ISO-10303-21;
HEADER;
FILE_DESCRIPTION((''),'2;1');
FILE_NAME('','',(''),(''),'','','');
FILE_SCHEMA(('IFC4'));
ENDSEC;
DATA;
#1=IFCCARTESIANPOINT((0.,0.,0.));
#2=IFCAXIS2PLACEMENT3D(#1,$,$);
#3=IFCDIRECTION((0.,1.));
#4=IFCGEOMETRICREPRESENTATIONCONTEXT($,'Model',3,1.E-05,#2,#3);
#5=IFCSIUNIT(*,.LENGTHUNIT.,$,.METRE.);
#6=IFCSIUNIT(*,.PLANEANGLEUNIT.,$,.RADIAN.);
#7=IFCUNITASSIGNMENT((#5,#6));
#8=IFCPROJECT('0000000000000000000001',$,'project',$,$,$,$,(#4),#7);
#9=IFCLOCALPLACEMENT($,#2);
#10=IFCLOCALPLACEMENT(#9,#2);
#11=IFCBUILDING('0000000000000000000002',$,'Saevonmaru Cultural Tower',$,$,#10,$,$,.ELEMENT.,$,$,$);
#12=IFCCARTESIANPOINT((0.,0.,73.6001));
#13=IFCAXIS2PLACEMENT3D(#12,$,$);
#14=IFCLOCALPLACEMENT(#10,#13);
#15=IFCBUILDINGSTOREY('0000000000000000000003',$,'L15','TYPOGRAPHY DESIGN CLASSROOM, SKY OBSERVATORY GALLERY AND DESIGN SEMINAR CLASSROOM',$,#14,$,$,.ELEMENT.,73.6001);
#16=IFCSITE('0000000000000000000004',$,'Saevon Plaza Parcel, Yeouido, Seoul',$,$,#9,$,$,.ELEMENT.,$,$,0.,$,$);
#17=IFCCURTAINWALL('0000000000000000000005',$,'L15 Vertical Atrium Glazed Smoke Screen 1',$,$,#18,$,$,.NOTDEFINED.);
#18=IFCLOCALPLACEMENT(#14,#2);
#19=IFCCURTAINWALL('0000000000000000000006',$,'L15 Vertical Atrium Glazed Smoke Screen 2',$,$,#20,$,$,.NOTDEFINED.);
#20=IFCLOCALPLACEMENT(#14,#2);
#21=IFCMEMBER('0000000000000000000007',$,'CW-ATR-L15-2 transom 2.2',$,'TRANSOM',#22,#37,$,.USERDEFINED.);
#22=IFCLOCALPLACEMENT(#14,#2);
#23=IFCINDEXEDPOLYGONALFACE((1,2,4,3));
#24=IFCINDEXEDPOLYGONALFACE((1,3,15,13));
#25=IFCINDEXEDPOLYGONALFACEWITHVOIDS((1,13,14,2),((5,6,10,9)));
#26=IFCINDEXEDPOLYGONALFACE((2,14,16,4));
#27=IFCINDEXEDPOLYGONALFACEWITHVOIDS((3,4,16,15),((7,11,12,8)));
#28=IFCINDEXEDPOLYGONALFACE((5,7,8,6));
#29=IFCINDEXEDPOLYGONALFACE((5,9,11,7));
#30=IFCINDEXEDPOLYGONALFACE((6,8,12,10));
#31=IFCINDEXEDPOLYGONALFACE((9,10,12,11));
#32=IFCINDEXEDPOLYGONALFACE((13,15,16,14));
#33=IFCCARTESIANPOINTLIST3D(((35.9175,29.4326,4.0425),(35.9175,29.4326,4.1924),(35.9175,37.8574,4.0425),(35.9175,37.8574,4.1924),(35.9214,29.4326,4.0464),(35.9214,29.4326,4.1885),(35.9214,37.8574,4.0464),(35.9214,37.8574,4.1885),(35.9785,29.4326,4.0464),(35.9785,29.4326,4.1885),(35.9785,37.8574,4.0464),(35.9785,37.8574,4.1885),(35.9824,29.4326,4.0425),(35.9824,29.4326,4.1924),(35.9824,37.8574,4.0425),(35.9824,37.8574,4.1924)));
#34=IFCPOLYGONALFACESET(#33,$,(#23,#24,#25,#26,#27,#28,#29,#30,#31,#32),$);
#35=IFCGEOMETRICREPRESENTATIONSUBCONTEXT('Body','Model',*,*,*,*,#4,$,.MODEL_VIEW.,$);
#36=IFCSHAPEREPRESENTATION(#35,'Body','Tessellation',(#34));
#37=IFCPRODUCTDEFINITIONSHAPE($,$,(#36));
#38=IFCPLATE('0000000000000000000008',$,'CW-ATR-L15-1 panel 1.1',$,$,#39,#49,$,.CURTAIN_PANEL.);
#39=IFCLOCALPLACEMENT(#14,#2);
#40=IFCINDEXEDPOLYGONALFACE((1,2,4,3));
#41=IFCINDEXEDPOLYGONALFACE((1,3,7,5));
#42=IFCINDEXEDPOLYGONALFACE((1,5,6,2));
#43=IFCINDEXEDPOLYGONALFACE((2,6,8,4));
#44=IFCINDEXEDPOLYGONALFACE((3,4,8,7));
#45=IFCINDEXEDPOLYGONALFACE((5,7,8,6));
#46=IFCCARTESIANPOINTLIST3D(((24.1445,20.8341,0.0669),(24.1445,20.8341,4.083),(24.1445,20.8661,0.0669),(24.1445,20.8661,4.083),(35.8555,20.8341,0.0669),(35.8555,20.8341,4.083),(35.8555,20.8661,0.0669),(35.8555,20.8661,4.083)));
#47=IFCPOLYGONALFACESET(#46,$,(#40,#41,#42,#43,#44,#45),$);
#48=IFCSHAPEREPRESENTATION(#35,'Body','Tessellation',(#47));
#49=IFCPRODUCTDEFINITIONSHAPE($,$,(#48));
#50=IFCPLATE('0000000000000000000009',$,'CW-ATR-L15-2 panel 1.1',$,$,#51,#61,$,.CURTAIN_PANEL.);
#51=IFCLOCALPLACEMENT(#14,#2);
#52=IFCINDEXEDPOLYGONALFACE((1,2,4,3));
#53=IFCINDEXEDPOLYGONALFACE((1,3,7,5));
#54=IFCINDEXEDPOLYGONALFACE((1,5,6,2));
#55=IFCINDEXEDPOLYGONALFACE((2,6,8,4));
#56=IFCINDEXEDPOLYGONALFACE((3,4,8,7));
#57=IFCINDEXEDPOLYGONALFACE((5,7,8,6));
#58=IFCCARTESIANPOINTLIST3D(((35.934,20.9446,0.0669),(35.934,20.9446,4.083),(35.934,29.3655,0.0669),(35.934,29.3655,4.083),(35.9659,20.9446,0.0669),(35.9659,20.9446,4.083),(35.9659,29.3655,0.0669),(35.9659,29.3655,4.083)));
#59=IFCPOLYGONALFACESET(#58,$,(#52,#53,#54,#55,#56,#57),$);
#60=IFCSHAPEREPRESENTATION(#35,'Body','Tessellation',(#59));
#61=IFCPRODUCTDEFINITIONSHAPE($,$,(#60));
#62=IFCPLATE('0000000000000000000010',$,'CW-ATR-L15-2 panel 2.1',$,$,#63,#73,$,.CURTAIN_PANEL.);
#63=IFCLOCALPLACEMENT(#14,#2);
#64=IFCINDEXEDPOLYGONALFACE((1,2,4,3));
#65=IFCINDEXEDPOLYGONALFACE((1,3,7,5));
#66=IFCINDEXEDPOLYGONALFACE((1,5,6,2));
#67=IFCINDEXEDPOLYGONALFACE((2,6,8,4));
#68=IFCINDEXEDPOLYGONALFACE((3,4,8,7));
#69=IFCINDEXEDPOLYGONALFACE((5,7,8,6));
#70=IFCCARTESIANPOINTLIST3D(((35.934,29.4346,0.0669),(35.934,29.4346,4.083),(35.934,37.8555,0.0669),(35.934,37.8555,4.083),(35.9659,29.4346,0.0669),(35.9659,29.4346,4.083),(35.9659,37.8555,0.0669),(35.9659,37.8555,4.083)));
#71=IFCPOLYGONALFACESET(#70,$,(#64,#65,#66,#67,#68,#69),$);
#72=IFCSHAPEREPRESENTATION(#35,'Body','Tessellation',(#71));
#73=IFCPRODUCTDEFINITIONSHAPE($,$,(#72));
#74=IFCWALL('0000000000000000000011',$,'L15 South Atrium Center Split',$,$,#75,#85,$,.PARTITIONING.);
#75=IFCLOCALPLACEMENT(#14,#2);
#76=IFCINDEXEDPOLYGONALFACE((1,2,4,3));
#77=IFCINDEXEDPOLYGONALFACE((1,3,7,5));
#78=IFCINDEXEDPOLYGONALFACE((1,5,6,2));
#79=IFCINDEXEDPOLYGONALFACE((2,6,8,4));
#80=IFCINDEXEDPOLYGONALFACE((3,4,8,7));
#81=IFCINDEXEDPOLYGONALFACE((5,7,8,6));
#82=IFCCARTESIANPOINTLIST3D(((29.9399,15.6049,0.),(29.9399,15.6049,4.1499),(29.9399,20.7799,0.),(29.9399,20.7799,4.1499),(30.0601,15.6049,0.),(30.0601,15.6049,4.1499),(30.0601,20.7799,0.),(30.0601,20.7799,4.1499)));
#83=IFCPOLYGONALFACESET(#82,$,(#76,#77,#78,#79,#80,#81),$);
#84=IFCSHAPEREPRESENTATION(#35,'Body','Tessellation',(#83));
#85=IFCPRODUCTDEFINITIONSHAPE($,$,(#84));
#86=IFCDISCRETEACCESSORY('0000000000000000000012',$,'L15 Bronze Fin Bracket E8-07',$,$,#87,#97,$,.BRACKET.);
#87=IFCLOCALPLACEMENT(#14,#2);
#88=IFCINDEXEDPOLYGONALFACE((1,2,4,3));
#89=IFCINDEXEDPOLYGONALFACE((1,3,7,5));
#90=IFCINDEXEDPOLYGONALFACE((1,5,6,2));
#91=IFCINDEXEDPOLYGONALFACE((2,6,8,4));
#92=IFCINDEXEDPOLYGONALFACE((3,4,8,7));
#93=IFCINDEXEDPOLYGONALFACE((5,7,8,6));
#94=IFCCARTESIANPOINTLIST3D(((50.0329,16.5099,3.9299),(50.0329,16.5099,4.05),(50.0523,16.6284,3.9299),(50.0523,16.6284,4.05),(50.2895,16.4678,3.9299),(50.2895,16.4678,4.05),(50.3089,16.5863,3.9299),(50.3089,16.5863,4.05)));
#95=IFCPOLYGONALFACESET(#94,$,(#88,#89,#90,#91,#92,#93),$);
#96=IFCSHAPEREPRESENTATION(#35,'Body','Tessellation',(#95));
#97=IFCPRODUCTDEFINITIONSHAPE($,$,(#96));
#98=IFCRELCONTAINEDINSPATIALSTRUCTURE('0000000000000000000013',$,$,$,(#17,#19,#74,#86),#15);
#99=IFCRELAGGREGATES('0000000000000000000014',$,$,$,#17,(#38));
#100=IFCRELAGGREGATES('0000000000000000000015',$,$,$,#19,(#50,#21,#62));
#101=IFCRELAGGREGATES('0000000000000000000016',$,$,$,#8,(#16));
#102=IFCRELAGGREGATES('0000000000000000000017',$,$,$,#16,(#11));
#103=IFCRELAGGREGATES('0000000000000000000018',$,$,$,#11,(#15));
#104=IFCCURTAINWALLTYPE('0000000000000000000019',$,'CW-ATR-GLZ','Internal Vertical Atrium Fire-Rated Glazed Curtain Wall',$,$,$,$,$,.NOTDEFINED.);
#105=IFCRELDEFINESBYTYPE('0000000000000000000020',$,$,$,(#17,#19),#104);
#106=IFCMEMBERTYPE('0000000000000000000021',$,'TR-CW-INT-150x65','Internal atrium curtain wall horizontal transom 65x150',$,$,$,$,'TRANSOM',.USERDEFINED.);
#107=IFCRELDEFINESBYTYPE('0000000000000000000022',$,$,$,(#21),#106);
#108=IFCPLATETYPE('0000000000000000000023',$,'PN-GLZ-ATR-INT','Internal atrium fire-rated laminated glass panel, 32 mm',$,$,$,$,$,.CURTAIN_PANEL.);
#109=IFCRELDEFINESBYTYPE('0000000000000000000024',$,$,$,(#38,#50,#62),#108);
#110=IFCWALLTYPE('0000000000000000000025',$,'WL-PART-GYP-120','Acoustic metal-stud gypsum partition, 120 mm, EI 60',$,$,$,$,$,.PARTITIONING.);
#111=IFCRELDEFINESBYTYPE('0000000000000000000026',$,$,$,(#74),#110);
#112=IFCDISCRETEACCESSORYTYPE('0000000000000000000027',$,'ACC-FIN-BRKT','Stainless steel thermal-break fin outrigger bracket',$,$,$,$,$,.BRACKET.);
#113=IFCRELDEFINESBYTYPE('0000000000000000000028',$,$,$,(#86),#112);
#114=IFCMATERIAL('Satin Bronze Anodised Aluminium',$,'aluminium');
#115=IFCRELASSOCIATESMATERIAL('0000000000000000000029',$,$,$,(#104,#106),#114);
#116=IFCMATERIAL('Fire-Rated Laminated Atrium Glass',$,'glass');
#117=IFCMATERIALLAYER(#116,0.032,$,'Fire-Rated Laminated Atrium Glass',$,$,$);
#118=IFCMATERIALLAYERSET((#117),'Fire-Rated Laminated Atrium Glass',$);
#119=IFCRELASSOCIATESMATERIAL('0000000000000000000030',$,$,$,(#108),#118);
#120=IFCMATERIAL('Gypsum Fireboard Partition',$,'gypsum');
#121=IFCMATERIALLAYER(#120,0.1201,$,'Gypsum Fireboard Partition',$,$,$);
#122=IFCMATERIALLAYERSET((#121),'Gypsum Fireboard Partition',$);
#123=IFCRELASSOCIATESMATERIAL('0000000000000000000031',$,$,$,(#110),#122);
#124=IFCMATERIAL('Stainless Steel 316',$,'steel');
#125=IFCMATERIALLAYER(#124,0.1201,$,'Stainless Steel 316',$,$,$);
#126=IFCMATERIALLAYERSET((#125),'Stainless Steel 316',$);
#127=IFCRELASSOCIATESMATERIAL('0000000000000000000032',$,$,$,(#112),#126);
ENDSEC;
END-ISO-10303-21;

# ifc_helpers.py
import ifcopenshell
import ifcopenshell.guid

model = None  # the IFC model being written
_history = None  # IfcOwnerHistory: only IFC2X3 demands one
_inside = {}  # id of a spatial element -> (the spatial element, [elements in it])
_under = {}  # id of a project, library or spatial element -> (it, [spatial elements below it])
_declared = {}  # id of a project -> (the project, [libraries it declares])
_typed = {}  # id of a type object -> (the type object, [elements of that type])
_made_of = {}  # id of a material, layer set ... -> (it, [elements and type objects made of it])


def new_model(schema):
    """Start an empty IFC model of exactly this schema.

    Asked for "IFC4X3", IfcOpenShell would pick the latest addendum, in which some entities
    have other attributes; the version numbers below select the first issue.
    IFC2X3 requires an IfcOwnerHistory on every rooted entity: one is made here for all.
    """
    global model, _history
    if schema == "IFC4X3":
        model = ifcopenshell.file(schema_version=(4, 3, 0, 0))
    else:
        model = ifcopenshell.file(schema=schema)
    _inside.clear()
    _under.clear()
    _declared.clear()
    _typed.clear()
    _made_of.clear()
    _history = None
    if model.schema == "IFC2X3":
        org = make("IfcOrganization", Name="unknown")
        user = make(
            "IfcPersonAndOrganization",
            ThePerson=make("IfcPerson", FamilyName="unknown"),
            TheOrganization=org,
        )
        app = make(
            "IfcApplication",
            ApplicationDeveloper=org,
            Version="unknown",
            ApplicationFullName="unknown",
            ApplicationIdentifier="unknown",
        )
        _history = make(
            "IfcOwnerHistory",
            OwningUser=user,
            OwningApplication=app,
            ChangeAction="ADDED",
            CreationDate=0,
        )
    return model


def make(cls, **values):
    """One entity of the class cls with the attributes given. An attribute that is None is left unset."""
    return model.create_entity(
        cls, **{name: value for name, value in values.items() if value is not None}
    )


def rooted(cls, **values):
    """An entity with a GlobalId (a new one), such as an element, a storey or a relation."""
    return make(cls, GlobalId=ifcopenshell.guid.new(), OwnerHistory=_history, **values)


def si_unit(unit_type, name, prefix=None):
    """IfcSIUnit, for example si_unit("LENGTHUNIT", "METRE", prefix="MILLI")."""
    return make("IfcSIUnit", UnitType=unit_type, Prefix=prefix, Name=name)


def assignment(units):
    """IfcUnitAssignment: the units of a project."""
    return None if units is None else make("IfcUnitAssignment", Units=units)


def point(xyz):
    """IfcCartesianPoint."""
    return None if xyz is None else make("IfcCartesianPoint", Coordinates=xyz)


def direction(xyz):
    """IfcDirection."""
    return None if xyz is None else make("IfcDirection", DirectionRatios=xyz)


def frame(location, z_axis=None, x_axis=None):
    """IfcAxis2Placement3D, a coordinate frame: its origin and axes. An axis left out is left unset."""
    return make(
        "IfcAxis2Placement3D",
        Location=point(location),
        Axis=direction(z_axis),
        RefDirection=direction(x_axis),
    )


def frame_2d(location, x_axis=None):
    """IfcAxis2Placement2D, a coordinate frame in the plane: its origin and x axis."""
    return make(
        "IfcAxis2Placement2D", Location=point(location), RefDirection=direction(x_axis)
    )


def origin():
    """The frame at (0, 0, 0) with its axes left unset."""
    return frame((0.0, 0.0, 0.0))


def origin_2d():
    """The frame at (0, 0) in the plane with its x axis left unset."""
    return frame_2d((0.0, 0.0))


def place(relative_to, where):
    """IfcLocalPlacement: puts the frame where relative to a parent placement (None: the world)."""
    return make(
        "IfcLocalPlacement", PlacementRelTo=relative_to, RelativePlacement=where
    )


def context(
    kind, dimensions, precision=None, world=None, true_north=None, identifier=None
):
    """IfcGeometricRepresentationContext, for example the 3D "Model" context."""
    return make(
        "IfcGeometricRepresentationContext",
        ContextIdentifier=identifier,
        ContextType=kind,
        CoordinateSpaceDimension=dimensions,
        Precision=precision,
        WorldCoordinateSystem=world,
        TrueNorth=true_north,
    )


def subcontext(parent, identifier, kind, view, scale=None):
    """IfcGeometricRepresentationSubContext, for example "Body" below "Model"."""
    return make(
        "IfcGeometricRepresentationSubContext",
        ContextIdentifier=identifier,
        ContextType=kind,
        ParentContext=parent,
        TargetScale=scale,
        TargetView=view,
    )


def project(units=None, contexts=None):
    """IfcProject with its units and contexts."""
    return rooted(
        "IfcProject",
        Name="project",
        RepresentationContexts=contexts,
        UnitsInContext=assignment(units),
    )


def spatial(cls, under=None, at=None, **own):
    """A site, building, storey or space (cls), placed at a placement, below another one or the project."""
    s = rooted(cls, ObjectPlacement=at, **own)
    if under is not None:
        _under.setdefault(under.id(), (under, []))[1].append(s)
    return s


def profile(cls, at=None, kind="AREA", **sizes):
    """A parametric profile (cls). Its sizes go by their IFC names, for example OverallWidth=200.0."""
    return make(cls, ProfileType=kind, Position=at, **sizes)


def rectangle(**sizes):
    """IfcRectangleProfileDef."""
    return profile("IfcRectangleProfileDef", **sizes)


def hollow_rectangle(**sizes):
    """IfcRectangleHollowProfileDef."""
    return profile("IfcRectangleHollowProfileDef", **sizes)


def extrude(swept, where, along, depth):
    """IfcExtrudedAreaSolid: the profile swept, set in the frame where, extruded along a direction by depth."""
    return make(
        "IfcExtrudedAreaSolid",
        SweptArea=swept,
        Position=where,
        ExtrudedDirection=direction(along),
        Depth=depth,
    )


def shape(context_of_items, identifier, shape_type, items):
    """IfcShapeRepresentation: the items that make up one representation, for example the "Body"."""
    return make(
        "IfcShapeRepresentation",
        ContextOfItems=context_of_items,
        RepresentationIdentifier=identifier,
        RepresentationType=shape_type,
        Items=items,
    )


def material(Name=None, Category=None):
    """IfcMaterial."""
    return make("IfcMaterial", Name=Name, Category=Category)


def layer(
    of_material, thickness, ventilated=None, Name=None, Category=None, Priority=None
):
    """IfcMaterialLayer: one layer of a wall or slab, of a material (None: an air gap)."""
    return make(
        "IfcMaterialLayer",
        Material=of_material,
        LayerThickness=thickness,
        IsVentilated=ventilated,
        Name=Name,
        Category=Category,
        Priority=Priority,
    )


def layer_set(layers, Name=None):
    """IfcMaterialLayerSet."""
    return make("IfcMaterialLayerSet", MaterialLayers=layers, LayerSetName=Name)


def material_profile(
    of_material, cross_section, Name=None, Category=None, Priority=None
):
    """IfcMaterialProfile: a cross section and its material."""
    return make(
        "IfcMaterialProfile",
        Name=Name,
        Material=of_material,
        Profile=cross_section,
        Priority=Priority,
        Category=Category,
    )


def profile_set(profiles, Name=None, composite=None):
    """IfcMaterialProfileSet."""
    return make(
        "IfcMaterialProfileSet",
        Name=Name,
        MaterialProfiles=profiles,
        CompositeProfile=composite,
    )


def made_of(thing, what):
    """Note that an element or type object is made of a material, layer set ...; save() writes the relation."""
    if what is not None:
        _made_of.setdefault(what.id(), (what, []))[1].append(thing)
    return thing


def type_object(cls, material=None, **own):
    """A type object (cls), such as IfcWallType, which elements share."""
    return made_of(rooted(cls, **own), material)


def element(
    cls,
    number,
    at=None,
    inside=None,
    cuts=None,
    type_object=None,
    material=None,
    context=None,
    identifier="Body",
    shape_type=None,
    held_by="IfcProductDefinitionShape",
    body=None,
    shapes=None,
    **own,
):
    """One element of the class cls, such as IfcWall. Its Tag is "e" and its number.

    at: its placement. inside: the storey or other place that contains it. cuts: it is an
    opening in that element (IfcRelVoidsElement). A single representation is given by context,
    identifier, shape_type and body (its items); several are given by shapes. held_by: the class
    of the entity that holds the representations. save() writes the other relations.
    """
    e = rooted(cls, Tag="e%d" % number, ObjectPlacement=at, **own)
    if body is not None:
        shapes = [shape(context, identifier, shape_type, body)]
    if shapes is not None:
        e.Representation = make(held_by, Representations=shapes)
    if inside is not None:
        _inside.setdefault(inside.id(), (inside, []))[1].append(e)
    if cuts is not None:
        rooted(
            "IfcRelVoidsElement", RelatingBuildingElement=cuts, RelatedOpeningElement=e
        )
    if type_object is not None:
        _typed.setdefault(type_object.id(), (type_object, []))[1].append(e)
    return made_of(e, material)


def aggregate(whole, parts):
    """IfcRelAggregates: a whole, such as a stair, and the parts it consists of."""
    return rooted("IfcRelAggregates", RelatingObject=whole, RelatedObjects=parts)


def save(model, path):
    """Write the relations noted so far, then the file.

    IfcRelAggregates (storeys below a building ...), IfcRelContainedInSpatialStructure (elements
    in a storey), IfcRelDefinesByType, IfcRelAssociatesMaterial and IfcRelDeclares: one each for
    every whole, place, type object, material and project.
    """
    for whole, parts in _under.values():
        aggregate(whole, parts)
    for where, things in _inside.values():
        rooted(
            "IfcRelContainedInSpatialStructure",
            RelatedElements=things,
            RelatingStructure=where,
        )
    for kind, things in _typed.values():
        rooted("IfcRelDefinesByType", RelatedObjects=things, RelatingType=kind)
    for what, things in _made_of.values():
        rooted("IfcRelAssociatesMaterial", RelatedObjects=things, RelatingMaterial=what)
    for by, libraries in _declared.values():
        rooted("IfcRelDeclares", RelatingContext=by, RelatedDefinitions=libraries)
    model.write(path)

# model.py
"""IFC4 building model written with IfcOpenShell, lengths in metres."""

from ifc_helpers import new_model, si_unit, direction, frame, frame_2d, origin, origin_2d, place, context, subcontext, project, spatial, rectangle, hollow_rectangle, extrude, material, layer, layer_set, material_profile, profile_set, type_object, element, aggregate, save


model = new_model("IFC4")

# Units and contexts
model_context = context("Model", 3, precision=1e-05, world=origin(), true_north=direction((0.0, 1.0)))
body_context = subcontext(model_context, "Body", "Model", "MODEL_VIEW")
ifc_project = project(units=[si_unit("LENGTHUNIT", "METRE"), si_unit("PLANEANGLEUNIT", "RADIAN")], contexts=[model_context])

# Site, building, storey
site_placement = place(None, origin())
site = spatial("IfcSite", under=ifc_project, at=site_placement, Name="Saevon Plaza Parcel, Yeouido, Seoul", CompositionType="ELEMENT", RefElevation=0.0)
building_placement = place(site_placement, origin())
building = spatial("IfcBuilding", under=site, at=building_placement, Name="Saevonmaru Cultural Tower", CompositionType="ELEMENT")
storey_placement = place(building_placement, frame((0.0, 0.0, 73.6001)))
storey = spatial("IfcBuildingStorey", under=building, at=storey_placement, Name="L15", Description="TYPOGRAPHY DESIGN CLASSROOM, SKY OBSERVATORY GALLERY AND DESIGN SEMINAR CLASSROOM", CompositionType="ELEMENT", Elevation=73.6001)

# Curtain wall
ifc_material_1 = material(Name="Satin Bronze Anodised Aluminium", Category="aluminium")
curtain_wall_type_1 = type_object("IfcCurtainWallType", Name="CW-ATR-GLZ", Description="Internal Vertical Atrium Fire-Rated Glazed Curtain Wall", PredefinedType="NOTDEFINED", material=ifc_material_1)
curtain_wall_1_placement = place(storey_placement, origin())
curtain_wall_1 = element("IfcCurtainWall", 1, at=curtain_wall_1_placement, inside=storey, type_object=curtain_wall_type_1, Name="L15 Vertical Atrium Glazed Smoke Screen 1", PredefinedType="NOTDEFINED")

# Curtain wall
curtain_wall_2_placement = place(storey_placement, origin())
curtain_wall_2 = element("IfcCurtainWall", 2, at=curtain_wall_2_placement, inside=storey, type_object=curtain_wall_type_1, Name="L15 Vertical Atrium Glazed Smoke Screen 2", PredefinedType="NOTDEFINED")

# Member
ifc_material_profile_1 = material_profile(ifc_material_1, hollow_rectangle(XDim=0.0649, YDim=0.1499, WallThickness=0.0039, at=origin_2d()), Name="ALU-TRAN-150x65x4")
ifc_profile_set_1 = profile_set([ifc_material_profile_1], Name="Satin Bronze Anodised Aluminium")
member_type_1 = type_object("IfcMemberType", Name="TR-CW-INT-150x65", Description="Internal atrium curtain wall horizontal transom 65x150", ElementType="TRANSOM", PredefinedType="USERDEFINED", material=ifc_profile_set_1)
member_1_placement = place(storey_placement, frame((35.95, 29.4326, 4.1174), z_axis=(0.0, 1.0, 0.0), x_axis=(-1.0, 0.0, 0.0)))
member_1 = element("IfcMember", 3, at=member_1_placement, type_object=member_type_1, Name="CW-ATR-L15-2 transom 2.2", ObjectType="TRANSOM", PredefinedType="USERDEFINED", context=body_context, shape_type="SweptSolid", body=[
    extrude(hollow_rectangle(XDim=0.0649, YDim=0.1499, WallThickness=0.0039, at=origin_2d()), origin(), (0.0, 0.0, 1.0), 8.4248),
])

# Plates
ifc_material_2 = material(Name="Fire-Rated Laminated Atrium Glass", Category="glass")
ifc_layer_1 = layer(ifc_material_2, 0.032, Name="Fire-Rated Laminated Atrium Glass")
ifc_layer_set_1 = layer_set([ifc_layer_1], Name="Fire-Rated Laminated Atrium Glass")
plate_type = type_object("IfcPlateType", Name="PN-GLZ-ATR-INT", Description="Internal atrium fire-rated laminated glass panel, 32 mm", PredefinedType="CURTAIN_PANEL", material=ifc_layer_set_1)
plate_1_placement = place(storey_placement, frame((30.0, 20.8501, 0.0669), z_axis=(0.0, 0.0, 1.0), x_axis=(1.0, 0.0, 0.0)))
plate_1 = element("IfcPlate", 4, at=plate_1_placement, type_object=plate_type, Name="CW-ATR-L15-1 panel 1.1", PredefinedType="CURTAIN_PANEL", context=body_context, shape_type="SweptSolid", body=[
    extrude(rectangle(XDim=11.7109, YDim=0.032, at=origin_2d()), origin(), (0.0, 0.0, 1.0), 4.0161),
])
aggregate(curtain_wall_1, [plate_1])
plate_2_placement = place(storey_placement, frame((35.95, 25.155, 0.0669), z_axis=(0.0, 0.0, 1.0), x_axis=(0.0, 1.0, 0.0)))
plate_2 = element("IfcPlate", 5, at=plate_2_placement, type_object=plate_type, Name="CW-ATR-L15-2 panel 1.1", PredefinedType="CURTAIN_PANEL", context=body_context, shape_type="SweptSolid", body=[
    extrude(rectangle(XDim=8.4209, YDim=0.032, at=origin_2d()), origin(), (0.0, 0.0, 1.0), 4.0161),
])
plate_3_placement = place(storey_placement, frame((35.95, 33.645, 0.0669), z_axis=(0.0, 0.0, 1.0), x_axis=(0.0, 1.0, 0.0)))
plate_3 = element("IfcPlate", 6, at=plate_3_placement, type_object=plate_type, Name="CW-ATR-L15-2 panel 2.1", PredefinedType="CURTAIN_PANEL", context=body_context, shape_type="SweptSolid", body=[
    extrude(rectangle(XDim=8.4209, YDim=0.032, at=origin_2d()), origin(), (0.0, 0.0, 1.0), 4.0161),
])
aggregate(curtain_wall_2, [plate_2, member_1, plate_3])

# Wall
ifc_material_3 = material(Name="Gypsum Fireboard Partition", Category="gypsum")
ifc_layer_2 = layer(ifc_material_3, 0.1201, Name="Gypsum Fireboard Partition")
ifc_layer_set_2 = layer_set([ifc_layer_2], Name="Gypsum Fireboard Partition")
wall_type = type_object("IfcWallType", Name="WL-PART-GYP-120", Description="Acoustic metal-stud gypsum partition, 120 mm, EI 60", PredefinedType="PARTITIONING", material=ifc_layer_set_2)
wall_placement = place(storey_placement, frame((30.0, 15.605, 0.0), z_axis=(0.0, 0.0, 1.0), x_axis=(0.0, 1.0, 0.0)))
element("IfcWall", 7, at=wall_placement, inside=storey, type_object=wall_type, Name="L15 South Atrium Center Split", PredefinedType="PARTITIONING", context=body_context, shape_type="SweptSolid", body=[
    extrude(rectangle(XDim=5.175, YDim=0.1201, at=frame_2d((2.5874, 0.0))), origin(), (0.0, 0.0, 1.0), 4.1499),
])

# Discrete accessory
ifc_material_4 = material(Name="Stainless Steel 316", Category="steel")
ifc_layer_3 = layer(ifc_material_4, 0.1201, Name="Stainless Steel 316")
ifc_layer_set_3 = layer_set([ifc_layer_3], Name="Stainless Steel 316")
discrete_accessory_type = type_object("IfcDiscreteAccessoryType", Name="ACC-FIN-BRKT", Description="Stainless steel thermal-break fin outrigger bracket", PredefinedType="BRACKET", material=ifc_layer_set_3)
discrete_accessory_placement = place(storey_placement, frame((50.1709, 16.5481, 3.9299), z_axis=(0.0, 0.0, 1.0), x_axis=(0.986827, -0.161776, 0.0)))
element("IfcDiscreteAccessory", 8, at=discrete_accessory_placement, inside=storey, type_object=discrete_accessory_type, Name="L15 Bronze Fin Bracket E8-07", PredefinedType="BRACKET", context=body_context, shape_type="SweptSolid", body=[
    extrude(rectangle(XDim=0.26, YDim=0.1201, at=origin_2d()), origin(), (0.0, 0.0, 1.0), 0.1201),
])

save(model, "model.ifc")
